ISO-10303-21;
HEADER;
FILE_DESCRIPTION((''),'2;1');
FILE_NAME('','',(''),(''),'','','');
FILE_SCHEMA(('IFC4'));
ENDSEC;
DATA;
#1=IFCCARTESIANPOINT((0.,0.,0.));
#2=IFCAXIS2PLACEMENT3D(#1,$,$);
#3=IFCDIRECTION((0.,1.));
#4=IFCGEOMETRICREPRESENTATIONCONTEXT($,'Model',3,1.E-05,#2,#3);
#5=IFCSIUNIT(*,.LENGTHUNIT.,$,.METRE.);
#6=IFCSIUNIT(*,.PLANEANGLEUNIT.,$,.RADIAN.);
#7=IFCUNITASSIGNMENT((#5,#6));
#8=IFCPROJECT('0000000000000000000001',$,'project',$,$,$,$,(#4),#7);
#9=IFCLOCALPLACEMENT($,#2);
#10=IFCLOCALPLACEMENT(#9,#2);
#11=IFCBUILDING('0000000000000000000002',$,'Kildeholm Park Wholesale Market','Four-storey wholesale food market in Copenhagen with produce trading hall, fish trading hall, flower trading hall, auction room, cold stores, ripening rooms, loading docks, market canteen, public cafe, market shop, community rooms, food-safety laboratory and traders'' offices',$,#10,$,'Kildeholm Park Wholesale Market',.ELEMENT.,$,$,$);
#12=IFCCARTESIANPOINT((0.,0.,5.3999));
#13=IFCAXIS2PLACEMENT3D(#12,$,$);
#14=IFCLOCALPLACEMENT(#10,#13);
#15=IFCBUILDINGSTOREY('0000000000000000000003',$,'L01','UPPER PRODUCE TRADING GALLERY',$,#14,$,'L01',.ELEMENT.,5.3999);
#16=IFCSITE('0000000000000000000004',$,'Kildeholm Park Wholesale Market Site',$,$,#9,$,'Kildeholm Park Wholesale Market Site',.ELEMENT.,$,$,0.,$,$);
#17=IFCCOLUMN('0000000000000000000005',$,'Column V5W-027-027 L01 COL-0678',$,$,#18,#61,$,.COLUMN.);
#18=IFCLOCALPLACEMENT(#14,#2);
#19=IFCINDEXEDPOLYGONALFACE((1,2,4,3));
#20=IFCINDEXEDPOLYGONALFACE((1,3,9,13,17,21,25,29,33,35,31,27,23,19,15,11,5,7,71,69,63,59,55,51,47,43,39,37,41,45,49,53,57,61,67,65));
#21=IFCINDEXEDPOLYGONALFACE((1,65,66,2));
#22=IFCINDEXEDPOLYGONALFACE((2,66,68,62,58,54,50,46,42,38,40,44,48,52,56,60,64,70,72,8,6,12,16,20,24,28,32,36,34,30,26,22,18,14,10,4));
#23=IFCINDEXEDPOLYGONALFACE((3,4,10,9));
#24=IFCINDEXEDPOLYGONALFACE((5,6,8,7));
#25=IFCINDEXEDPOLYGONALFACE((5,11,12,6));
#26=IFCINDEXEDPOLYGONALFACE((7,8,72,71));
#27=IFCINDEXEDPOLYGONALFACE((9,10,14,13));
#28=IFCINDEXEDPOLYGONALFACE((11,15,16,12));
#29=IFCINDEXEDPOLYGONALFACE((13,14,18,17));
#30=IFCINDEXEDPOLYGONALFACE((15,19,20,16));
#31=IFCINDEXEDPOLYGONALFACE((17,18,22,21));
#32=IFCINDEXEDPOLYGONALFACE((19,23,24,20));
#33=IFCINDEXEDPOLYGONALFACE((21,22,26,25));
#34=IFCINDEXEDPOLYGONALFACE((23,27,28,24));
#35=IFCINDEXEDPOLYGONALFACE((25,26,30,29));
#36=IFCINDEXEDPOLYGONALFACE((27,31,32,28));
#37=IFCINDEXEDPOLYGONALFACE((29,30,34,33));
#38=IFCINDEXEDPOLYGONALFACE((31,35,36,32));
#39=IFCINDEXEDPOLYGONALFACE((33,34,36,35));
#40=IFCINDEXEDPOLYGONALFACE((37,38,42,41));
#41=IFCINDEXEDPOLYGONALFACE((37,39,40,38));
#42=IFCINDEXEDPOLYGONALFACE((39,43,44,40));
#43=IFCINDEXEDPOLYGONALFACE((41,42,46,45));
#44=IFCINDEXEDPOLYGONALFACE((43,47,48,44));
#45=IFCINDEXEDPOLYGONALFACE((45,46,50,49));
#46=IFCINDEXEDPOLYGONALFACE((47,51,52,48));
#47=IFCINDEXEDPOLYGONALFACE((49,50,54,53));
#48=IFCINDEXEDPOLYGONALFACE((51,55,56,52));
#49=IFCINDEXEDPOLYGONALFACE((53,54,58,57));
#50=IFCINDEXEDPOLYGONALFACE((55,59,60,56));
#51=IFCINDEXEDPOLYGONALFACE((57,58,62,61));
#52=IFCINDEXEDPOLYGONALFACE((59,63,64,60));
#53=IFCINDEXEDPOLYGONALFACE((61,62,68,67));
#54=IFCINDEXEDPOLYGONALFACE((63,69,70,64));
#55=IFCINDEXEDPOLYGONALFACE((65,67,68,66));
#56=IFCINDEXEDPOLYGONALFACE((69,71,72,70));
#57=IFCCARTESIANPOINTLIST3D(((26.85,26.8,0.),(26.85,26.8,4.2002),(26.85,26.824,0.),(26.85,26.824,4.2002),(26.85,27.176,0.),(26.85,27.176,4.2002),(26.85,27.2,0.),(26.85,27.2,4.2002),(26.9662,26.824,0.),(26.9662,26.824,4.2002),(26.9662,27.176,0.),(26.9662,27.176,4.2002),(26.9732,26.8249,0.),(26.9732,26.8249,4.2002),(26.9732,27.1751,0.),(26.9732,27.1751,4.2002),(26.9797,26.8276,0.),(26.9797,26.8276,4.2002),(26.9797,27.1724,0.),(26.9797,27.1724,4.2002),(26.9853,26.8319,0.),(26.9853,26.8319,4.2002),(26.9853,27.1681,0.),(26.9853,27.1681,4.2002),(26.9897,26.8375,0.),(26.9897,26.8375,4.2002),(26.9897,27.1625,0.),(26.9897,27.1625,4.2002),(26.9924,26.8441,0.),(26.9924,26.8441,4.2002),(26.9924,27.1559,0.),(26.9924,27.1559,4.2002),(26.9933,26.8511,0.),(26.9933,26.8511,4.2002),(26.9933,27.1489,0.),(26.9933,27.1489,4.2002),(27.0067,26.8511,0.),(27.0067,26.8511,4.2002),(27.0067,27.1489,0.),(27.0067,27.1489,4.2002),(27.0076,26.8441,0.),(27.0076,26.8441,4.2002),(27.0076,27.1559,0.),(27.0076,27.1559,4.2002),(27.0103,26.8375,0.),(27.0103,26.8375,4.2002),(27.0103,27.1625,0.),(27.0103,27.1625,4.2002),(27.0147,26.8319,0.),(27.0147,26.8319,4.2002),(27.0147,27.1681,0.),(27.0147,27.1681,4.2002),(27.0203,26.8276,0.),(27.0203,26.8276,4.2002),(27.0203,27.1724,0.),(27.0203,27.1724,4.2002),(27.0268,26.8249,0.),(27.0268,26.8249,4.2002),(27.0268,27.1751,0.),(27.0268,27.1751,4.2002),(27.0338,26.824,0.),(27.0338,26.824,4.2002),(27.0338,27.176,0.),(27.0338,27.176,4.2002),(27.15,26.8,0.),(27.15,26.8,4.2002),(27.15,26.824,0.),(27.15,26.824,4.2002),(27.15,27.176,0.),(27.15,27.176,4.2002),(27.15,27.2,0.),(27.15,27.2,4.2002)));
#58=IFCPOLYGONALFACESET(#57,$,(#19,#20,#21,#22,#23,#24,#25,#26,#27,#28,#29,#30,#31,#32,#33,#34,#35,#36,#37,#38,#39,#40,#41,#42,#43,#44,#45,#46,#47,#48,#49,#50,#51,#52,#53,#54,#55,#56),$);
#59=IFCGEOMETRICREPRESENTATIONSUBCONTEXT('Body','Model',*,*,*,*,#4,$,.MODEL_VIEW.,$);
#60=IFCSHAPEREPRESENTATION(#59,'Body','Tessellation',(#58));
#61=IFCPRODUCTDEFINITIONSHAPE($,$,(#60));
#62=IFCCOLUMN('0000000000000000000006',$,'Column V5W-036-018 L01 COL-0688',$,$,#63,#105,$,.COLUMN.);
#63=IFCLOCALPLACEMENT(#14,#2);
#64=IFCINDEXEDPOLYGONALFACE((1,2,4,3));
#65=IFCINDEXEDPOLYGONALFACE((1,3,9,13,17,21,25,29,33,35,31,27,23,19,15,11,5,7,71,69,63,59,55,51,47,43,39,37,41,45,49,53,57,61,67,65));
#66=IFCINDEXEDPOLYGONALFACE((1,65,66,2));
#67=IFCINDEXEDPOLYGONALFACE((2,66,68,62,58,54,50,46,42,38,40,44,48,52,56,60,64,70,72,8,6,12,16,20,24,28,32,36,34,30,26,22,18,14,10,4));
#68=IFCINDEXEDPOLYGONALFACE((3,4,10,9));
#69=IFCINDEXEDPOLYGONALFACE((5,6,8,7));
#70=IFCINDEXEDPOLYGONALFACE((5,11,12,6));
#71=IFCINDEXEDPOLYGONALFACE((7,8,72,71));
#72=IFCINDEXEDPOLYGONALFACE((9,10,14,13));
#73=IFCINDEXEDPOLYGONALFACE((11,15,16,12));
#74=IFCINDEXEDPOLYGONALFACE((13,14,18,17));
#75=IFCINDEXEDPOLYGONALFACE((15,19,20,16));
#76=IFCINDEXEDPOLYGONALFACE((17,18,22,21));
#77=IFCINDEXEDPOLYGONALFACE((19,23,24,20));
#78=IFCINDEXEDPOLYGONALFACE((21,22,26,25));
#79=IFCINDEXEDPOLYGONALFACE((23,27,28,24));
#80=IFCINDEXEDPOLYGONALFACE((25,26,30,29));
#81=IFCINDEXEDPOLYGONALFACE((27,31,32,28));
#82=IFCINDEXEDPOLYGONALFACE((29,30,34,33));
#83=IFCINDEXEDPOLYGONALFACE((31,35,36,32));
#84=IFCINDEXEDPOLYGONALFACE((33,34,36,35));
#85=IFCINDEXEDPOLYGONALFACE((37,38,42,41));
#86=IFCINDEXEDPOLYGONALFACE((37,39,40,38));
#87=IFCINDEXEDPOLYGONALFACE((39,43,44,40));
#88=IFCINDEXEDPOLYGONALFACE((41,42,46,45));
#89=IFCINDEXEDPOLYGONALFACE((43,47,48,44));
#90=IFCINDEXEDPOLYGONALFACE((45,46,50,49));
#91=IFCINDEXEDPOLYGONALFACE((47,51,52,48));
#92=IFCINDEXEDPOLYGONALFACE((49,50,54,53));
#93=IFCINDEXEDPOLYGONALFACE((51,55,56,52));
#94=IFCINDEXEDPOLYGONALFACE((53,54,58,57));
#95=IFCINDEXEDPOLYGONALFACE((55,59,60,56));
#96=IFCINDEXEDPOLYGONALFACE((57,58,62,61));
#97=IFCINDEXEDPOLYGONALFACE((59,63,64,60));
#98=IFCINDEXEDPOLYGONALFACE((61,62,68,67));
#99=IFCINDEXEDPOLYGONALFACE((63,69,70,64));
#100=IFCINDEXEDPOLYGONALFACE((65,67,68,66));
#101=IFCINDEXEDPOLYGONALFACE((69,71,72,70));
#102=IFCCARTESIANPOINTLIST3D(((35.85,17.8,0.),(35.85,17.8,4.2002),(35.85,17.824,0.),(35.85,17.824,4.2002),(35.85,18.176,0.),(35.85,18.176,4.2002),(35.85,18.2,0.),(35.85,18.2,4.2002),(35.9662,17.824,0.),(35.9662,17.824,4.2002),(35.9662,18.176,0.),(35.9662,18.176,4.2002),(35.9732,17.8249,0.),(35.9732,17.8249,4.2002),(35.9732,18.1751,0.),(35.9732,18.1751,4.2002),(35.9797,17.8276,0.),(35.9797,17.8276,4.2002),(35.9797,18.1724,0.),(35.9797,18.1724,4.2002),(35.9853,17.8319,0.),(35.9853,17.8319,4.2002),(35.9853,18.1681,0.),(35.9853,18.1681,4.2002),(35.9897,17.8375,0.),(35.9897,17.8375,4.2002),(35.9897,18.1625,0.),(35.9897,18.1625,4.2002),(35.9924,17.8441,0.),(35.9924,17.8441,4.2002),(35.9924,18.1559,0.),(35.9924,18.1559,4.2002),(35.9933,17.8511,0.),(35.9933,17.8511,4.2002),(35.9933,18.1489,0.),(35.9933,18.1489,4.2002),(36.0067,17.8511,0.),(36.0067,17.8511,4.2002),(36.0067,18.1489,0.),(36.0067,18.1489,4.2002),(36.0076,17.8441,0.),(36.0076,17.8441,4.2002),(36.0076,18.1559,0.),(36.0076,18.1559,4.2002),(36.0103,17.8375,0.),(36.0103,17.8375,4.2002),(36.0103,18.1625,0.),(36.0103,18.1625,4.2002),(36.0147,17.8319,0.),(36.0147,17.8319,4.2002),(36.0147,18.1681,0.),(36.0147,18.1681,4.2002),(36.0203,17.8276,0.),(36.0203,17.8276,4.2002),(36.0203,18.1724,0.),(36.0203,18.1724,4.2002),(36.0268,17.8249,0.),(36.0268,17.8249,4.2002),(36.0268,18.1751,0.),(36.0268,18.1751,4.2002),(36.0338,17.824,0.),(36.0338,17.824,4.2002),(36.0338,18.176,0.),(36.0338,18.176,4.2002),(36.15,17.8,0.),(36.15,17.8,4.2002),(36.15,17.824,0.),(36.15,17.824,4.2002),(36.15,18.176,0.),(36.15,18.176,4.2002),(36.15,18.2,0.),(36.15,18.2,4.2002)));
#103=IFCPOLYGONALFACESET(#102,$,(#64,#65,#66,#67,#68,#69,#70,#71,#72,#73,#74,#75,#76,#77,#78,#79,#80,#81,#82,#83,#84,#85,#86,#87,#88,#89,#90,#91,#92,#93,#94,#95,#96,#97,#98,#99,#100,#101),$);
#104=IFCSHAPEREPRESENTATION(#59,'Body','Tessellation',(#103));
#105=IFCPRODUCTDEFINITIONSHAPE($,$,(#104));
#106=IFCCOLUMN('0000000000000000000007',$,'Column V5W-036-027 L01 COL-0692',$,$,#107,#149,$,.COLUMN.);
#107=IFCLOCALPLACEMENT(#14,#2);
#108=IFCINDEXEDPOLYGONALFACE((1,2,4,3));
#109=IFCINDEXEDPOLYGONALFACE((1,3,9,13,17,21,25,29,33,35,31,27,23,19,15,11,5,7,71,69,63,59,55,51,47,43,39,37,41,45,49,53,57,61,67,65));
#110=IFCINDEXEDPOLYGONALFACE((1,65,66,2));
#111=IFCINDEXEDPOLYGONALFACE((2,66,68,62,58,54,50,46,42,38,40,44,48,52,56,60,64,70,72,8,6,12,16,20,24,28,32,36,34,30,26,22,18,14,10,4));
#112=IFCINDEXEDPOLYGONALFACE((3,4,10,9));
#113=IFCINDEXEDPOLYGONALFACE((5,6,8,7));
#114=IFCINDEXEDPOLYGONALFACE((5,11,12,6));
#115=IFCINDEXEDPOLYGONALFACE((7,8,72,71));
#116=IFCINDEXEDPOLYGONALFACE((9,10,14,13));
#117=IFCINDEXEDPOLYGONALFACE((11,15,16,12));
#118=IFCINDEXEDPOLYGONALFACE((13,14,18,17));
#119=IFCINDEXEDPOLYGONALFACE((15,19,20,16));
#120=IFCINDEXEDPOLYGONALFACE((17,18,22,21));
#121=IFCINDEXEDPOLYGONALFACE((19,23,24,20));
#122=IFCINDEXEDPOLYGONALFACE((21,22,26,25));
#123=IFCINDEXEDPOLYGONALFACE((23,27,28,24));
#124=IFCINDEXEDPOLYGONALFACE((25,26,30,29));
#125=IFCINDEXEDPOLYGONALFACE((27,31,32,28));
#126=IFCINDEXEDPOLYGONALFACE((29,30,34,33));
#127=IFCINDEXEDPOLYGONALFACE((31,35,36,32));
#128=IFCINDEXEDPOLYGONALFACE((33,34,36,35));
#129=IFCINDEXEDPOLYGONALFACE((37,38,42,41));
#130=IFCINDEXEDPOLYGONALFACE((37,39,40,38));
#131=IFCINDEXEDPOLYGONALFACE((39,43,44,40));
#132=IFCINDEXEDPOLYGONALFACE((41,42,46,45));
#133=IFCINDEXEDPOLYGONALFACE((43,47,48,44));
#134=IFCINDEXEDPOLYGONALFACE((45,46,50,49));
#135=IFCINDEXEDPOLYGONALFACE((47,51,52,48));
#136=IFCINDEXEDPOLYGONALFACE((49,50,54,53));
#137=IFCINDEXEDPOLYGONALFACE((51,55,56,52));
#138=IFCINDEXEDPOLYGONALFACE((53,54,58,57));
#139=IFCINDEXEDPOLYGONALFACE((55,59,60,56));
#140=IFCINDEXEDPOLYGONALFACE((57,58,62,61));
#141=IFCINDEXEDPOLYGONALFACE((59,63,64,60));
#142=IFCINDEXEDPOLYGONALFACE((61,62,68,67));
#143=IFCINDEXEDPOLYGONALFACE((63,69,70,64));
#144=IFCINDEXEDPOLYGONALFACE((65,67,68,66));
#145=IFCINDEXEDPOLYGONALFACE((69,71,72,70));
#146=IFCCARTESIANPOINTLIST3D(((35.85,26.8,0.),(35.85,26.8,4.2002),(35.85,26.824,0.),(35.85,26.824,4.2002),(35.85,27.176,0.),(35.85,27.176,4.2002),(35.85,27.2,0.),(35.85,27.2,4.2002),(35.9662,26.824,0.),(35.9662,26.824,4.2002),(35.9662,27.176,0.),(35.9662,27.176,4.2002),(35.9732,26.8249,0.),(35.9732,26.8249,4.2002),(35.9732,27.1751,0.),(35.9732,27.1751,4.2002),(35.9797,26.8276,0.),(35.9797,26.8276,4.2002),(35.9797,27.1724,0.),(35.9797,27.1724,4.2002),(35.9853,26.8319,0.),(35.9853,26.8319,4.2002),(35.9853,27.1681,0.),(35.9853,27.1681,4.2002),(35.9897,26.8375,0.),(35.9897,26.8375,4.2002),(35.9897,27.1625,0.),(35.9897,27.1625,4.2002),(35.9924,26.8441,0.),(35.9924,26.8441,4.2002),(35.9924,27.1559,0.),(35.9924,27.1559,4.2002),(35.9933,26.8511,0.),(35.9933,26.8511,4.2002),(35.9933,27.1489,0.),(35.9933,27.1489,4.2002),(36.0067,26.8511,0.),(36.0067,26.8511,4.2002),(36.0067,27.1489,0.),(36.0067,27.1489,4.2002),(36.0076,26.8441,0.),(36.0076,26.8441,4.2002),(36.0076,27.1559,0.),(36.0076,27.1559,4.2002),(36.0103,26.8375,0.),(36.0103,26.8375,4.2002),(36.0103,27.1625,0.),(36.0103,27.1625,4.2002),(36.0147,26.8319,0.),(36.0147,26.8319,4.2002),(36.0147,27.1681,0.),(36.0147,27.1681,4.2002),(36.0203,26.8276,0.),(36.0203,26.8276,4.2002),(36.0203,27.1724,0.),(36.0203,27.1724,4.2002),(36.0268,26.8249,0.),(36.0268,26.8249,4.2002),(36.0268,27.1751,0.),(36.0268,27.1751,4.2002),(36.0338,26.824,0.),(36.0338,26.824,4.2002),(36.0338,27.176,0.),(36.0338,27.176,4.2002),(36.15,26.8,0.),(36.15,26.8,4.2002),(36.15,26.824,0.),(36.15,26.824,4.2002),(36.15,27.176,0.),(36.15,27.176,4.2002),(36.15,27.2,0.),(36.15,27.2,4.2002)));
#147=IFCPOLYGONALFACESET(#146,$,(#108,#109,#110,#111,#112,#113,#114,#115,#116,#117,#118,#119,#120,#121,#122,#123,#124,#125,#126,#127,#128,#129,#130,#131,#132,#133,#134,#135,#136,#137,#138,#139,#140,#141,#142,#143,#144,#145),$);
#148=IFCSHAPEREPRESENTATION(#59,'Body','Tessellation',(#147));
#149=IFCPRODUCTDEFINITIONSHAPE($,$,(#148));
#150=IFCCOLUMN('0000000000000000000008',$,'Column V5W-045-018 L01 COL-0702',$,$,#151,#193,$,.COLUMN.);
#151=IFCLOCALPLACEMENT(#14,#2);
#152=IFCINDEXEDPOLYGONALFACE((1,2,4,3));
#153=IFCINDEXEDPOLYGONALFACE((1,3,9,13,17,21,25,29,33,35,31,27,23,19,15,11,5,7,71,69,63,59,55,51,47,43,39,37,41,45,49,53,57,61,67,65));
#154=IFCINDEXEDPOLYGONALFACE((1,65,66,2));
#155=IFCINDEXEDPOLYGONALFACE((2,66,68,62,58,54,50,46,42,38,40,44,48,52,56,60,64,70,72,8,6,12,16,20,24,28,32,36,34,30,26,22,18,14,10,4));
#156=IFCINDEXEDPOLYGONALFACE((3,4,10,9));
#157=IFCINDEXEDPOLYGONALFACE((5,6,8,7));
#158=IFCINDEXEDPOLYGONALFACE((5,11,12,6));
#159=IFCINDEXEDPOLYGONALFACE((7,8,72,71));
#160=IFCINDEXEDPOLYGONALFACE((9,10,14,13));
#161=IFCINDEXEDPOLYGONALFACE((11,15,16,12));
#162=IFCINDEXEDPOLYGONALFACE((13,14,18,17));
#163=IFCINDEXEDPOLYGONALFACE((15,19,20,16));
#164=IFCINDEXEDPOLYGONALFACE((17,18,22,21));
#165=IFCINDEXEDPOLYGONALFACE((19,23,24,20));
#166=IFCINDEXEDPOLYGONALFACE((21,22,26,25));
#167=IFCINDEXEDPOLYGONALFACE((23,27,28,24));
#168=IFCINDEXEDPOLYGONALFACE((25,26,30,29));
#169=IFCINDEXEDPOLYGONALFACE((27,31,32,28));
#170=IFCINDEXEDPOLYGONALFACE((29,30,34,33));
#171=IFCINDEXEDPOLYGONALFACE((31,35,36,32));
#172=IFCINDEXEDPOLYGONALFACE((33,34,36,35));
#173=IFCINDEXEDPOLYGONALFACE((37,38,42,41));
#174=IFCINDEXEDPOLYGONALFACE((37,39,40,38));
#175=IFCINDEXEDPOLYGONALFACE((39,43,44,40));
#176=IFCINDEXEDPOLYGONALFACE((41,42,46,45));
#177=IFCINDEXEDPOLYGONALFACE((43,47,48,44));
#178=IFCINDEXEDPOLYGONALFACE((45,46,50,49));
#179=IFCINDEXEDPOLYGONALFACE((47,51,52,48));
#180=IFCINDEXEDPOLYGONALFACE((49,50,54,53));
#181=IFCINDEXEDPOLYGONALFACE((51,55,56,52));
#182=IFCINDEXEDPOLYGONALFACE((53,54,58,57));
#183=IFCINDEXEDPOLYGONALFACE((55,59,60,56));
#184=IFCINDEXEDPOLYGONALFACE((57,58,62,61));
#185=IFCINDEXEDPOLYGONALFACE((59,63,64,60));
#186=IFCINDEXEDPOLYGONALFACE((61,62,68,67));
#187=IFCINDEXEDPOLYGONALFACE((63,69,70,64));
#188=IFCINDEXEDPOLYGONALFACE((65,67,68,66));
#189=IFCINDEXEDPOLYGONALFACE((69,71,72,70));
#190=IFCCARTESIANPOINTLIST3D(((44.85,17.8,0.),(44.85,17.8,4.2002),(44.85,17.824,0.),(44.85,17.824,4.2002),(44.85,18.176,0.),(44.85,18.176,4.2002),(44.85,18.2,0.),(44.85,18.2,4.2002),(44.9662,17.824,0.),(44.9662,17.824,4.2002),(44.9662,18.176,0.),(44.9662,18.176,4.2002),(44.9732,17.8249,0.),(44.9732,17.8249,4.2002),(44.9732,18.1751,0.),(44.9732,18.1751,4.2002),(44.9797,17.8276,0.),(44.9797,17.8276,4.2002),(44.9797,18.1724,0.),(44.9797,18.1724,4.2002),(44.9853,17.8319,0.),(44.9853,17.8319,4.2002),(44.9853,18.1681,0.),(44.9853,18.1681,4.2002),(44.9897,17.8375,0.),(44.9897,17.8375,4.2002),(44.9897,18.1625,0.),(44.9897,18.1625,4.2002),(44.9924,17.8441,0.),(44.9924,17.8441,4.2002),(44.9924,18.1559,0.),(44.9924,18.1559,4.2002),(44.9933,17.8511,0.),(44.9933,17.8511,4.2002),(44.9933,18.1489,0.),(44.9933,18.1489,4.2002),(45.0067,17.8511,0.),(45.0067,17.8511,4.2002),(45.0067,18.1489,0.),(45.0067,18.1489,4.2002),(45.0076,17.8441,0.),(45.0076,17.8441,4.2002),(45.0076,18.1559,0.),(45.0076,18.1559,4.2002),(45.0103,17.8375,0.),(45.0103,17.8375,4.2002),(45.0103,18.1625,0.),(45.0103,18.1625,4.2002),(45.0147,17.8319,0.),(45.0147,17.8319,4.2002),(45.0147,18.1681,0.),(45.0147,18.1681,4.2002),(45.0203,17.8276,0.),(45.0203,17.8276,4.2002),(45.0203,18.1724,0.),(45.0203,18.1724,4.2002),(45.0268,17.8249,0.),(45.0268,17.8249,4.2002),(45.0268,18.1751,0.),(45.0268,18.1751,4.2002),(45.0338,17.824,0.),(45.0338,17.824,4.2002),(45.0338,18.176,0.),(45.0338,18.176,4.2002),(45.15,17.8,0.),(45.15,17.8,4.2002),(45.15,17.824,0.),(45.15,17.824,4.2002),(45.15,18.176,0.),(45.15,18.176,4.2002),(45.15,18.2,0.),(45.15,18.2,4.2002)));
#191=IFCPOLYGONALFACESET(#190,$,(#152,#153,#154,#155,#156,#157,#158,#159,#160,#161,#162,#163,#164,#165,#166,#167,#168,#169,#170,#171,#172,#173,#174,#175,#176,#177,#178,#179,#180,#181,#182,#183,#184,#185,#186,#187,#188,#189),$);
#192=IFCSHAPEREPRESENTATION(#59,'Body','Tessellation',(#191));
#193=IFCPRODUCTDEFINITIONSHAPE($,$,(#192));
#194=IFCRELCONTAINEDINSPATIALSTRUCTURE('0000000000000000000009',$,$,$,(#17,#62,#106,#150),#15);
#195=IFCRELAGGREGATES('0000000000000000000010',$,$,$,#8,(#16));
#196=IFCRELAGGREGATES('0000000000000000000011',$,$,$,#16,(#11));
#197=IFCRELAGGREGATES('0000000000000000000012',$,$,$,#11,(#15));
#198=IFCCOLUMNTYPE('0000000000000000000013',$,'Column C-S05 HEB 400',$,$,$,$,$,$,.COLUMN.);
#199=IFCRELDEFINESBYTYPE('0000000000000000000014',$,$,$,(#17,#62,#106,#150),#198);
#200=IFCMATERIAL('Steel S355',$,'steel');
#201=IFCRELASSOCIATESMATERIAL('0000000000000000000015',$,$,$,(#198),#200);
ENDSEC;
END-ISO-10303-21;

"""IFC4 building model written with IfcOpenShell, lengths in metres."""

from ifc_helpers import new_model, si_unit, direction, frame, origin, origin_2d, place, context, subcontext, project, spatial, i_section, extrude, material, material_profile, profile_set, type_object, element, save


model = new_model("IFC4")

# Units and contexts
model_context = context("Model", 3, precision=1e-05, world=origin(), true_north=direction((0.0, 1.0)))
body_context = subcontext(model_context, "Body", "Model", "MODEL_VIEW")
ifc_project = project(units=[si_unit("LENGTHUNIT", "METRE"), si_unit("PLANEANGLEUNIT", "RADIAN")], contexts=[model_context])

# Site, building, storey
site_placement = place(None, origin())
site = spatial("IfcSite", under=ifc_project, at=site_placement, Name="Kildeholm Park Wholesale Market Site", LongName="Kildeholm Park Wholesale Market Site", CompositionType="ELEMENT", RefElevation=0.0)
building_placement = place(site_placement, origin())
building = spatial("IfcBuilding", under=site, at=building_placement, Name="Kildeholm Park Wholesale Market", Description="Four-storey wholesale food market in Copenhagen with produce trading hall, fish trading hall, flower trading hall, auction room, cold stores, ripening rooms, loading docks, market canteen, public cafe, market shop, community rooms, food-safety laboratory and traders' offices", LongName="Kildeholm Park Wholesale Market", CompositionType="ELEMENT")
storey_placement = place(building_placement, frame((0.0, 0.0, 5.3999)))
storey = spatial("IfcBuildingStorey", under=building, at=storey_placement, Name="L01", Description="UPPER PRODUCE TRADING GALLERY", LongName="L01", CompositionType="ELEMENT", Elevation=5.3999)

# Columns
ifc_material_1 = material(Name="Steel S355", Category="steel")
ifc_material_profile_1 = material_profile(ifc_material_1, i_section(OverallWidth=0.3, OverallDepth=0.3999, WebThickness=0.0134, FlangeThickness=0.0239, FilletRadius=0.0271, at=origin_2d()), Name="HEB 400")
ifc_profile_set_1 = profile_set([ifc_material_profile_1], Name="Steel S355")
column_type = type_object("IfcColumnType", Name="Column C-S05 HEB 400", PredefinedType="COLUMN", material=ifc_profile_set_1)
for number, where, z_axis, x_axis, name in (
    (1, (27.0, 27.0, 0.0), (0.0, 0.0, 1.0), (1.0, 0.0, 0.0), "Column V5W-027-027 L01 COL-0678"),
    (2, (36.0, 18.0, 0.0), (0.0, 0.0, 1.0), (1.0, 0.0, 0.0), "Column V5W-036-018 L01 COL-0688"),
    (3, (36.0, 27.0, 0.0), (0.0, 0.0, 1.0), (1.0, 0.0, 0.0), "Column V5W-036-027 L01 COL-0692"),
    (4, (45.0, 18.0, 0.0), (0.0, 0.0, 1.0), (1.0, 0.0, 0.0), "Column V5W-045-018 L01 COL-0702"),
):
    element("IfcColumn", number, at=place(storey_placement, frame(where, z_axis=z_axis, x_axis=x_axis)), inside=storey, type_object=column_type, Name=name, PredefinedType="COLUMN", context=body_context, shape_type="SweptSolid", body=[
        extrude(i_section(OverallWidth=0.3, OverallDepth=0.3999, WebThickness=0.0134, FlangeThickness=0.0239, FilletRadius=0.0271, at=origin_2d()), origin(), (0.0, 0.0, 1.0), 4.2002),
    ])

save(model, "model.ifc")
